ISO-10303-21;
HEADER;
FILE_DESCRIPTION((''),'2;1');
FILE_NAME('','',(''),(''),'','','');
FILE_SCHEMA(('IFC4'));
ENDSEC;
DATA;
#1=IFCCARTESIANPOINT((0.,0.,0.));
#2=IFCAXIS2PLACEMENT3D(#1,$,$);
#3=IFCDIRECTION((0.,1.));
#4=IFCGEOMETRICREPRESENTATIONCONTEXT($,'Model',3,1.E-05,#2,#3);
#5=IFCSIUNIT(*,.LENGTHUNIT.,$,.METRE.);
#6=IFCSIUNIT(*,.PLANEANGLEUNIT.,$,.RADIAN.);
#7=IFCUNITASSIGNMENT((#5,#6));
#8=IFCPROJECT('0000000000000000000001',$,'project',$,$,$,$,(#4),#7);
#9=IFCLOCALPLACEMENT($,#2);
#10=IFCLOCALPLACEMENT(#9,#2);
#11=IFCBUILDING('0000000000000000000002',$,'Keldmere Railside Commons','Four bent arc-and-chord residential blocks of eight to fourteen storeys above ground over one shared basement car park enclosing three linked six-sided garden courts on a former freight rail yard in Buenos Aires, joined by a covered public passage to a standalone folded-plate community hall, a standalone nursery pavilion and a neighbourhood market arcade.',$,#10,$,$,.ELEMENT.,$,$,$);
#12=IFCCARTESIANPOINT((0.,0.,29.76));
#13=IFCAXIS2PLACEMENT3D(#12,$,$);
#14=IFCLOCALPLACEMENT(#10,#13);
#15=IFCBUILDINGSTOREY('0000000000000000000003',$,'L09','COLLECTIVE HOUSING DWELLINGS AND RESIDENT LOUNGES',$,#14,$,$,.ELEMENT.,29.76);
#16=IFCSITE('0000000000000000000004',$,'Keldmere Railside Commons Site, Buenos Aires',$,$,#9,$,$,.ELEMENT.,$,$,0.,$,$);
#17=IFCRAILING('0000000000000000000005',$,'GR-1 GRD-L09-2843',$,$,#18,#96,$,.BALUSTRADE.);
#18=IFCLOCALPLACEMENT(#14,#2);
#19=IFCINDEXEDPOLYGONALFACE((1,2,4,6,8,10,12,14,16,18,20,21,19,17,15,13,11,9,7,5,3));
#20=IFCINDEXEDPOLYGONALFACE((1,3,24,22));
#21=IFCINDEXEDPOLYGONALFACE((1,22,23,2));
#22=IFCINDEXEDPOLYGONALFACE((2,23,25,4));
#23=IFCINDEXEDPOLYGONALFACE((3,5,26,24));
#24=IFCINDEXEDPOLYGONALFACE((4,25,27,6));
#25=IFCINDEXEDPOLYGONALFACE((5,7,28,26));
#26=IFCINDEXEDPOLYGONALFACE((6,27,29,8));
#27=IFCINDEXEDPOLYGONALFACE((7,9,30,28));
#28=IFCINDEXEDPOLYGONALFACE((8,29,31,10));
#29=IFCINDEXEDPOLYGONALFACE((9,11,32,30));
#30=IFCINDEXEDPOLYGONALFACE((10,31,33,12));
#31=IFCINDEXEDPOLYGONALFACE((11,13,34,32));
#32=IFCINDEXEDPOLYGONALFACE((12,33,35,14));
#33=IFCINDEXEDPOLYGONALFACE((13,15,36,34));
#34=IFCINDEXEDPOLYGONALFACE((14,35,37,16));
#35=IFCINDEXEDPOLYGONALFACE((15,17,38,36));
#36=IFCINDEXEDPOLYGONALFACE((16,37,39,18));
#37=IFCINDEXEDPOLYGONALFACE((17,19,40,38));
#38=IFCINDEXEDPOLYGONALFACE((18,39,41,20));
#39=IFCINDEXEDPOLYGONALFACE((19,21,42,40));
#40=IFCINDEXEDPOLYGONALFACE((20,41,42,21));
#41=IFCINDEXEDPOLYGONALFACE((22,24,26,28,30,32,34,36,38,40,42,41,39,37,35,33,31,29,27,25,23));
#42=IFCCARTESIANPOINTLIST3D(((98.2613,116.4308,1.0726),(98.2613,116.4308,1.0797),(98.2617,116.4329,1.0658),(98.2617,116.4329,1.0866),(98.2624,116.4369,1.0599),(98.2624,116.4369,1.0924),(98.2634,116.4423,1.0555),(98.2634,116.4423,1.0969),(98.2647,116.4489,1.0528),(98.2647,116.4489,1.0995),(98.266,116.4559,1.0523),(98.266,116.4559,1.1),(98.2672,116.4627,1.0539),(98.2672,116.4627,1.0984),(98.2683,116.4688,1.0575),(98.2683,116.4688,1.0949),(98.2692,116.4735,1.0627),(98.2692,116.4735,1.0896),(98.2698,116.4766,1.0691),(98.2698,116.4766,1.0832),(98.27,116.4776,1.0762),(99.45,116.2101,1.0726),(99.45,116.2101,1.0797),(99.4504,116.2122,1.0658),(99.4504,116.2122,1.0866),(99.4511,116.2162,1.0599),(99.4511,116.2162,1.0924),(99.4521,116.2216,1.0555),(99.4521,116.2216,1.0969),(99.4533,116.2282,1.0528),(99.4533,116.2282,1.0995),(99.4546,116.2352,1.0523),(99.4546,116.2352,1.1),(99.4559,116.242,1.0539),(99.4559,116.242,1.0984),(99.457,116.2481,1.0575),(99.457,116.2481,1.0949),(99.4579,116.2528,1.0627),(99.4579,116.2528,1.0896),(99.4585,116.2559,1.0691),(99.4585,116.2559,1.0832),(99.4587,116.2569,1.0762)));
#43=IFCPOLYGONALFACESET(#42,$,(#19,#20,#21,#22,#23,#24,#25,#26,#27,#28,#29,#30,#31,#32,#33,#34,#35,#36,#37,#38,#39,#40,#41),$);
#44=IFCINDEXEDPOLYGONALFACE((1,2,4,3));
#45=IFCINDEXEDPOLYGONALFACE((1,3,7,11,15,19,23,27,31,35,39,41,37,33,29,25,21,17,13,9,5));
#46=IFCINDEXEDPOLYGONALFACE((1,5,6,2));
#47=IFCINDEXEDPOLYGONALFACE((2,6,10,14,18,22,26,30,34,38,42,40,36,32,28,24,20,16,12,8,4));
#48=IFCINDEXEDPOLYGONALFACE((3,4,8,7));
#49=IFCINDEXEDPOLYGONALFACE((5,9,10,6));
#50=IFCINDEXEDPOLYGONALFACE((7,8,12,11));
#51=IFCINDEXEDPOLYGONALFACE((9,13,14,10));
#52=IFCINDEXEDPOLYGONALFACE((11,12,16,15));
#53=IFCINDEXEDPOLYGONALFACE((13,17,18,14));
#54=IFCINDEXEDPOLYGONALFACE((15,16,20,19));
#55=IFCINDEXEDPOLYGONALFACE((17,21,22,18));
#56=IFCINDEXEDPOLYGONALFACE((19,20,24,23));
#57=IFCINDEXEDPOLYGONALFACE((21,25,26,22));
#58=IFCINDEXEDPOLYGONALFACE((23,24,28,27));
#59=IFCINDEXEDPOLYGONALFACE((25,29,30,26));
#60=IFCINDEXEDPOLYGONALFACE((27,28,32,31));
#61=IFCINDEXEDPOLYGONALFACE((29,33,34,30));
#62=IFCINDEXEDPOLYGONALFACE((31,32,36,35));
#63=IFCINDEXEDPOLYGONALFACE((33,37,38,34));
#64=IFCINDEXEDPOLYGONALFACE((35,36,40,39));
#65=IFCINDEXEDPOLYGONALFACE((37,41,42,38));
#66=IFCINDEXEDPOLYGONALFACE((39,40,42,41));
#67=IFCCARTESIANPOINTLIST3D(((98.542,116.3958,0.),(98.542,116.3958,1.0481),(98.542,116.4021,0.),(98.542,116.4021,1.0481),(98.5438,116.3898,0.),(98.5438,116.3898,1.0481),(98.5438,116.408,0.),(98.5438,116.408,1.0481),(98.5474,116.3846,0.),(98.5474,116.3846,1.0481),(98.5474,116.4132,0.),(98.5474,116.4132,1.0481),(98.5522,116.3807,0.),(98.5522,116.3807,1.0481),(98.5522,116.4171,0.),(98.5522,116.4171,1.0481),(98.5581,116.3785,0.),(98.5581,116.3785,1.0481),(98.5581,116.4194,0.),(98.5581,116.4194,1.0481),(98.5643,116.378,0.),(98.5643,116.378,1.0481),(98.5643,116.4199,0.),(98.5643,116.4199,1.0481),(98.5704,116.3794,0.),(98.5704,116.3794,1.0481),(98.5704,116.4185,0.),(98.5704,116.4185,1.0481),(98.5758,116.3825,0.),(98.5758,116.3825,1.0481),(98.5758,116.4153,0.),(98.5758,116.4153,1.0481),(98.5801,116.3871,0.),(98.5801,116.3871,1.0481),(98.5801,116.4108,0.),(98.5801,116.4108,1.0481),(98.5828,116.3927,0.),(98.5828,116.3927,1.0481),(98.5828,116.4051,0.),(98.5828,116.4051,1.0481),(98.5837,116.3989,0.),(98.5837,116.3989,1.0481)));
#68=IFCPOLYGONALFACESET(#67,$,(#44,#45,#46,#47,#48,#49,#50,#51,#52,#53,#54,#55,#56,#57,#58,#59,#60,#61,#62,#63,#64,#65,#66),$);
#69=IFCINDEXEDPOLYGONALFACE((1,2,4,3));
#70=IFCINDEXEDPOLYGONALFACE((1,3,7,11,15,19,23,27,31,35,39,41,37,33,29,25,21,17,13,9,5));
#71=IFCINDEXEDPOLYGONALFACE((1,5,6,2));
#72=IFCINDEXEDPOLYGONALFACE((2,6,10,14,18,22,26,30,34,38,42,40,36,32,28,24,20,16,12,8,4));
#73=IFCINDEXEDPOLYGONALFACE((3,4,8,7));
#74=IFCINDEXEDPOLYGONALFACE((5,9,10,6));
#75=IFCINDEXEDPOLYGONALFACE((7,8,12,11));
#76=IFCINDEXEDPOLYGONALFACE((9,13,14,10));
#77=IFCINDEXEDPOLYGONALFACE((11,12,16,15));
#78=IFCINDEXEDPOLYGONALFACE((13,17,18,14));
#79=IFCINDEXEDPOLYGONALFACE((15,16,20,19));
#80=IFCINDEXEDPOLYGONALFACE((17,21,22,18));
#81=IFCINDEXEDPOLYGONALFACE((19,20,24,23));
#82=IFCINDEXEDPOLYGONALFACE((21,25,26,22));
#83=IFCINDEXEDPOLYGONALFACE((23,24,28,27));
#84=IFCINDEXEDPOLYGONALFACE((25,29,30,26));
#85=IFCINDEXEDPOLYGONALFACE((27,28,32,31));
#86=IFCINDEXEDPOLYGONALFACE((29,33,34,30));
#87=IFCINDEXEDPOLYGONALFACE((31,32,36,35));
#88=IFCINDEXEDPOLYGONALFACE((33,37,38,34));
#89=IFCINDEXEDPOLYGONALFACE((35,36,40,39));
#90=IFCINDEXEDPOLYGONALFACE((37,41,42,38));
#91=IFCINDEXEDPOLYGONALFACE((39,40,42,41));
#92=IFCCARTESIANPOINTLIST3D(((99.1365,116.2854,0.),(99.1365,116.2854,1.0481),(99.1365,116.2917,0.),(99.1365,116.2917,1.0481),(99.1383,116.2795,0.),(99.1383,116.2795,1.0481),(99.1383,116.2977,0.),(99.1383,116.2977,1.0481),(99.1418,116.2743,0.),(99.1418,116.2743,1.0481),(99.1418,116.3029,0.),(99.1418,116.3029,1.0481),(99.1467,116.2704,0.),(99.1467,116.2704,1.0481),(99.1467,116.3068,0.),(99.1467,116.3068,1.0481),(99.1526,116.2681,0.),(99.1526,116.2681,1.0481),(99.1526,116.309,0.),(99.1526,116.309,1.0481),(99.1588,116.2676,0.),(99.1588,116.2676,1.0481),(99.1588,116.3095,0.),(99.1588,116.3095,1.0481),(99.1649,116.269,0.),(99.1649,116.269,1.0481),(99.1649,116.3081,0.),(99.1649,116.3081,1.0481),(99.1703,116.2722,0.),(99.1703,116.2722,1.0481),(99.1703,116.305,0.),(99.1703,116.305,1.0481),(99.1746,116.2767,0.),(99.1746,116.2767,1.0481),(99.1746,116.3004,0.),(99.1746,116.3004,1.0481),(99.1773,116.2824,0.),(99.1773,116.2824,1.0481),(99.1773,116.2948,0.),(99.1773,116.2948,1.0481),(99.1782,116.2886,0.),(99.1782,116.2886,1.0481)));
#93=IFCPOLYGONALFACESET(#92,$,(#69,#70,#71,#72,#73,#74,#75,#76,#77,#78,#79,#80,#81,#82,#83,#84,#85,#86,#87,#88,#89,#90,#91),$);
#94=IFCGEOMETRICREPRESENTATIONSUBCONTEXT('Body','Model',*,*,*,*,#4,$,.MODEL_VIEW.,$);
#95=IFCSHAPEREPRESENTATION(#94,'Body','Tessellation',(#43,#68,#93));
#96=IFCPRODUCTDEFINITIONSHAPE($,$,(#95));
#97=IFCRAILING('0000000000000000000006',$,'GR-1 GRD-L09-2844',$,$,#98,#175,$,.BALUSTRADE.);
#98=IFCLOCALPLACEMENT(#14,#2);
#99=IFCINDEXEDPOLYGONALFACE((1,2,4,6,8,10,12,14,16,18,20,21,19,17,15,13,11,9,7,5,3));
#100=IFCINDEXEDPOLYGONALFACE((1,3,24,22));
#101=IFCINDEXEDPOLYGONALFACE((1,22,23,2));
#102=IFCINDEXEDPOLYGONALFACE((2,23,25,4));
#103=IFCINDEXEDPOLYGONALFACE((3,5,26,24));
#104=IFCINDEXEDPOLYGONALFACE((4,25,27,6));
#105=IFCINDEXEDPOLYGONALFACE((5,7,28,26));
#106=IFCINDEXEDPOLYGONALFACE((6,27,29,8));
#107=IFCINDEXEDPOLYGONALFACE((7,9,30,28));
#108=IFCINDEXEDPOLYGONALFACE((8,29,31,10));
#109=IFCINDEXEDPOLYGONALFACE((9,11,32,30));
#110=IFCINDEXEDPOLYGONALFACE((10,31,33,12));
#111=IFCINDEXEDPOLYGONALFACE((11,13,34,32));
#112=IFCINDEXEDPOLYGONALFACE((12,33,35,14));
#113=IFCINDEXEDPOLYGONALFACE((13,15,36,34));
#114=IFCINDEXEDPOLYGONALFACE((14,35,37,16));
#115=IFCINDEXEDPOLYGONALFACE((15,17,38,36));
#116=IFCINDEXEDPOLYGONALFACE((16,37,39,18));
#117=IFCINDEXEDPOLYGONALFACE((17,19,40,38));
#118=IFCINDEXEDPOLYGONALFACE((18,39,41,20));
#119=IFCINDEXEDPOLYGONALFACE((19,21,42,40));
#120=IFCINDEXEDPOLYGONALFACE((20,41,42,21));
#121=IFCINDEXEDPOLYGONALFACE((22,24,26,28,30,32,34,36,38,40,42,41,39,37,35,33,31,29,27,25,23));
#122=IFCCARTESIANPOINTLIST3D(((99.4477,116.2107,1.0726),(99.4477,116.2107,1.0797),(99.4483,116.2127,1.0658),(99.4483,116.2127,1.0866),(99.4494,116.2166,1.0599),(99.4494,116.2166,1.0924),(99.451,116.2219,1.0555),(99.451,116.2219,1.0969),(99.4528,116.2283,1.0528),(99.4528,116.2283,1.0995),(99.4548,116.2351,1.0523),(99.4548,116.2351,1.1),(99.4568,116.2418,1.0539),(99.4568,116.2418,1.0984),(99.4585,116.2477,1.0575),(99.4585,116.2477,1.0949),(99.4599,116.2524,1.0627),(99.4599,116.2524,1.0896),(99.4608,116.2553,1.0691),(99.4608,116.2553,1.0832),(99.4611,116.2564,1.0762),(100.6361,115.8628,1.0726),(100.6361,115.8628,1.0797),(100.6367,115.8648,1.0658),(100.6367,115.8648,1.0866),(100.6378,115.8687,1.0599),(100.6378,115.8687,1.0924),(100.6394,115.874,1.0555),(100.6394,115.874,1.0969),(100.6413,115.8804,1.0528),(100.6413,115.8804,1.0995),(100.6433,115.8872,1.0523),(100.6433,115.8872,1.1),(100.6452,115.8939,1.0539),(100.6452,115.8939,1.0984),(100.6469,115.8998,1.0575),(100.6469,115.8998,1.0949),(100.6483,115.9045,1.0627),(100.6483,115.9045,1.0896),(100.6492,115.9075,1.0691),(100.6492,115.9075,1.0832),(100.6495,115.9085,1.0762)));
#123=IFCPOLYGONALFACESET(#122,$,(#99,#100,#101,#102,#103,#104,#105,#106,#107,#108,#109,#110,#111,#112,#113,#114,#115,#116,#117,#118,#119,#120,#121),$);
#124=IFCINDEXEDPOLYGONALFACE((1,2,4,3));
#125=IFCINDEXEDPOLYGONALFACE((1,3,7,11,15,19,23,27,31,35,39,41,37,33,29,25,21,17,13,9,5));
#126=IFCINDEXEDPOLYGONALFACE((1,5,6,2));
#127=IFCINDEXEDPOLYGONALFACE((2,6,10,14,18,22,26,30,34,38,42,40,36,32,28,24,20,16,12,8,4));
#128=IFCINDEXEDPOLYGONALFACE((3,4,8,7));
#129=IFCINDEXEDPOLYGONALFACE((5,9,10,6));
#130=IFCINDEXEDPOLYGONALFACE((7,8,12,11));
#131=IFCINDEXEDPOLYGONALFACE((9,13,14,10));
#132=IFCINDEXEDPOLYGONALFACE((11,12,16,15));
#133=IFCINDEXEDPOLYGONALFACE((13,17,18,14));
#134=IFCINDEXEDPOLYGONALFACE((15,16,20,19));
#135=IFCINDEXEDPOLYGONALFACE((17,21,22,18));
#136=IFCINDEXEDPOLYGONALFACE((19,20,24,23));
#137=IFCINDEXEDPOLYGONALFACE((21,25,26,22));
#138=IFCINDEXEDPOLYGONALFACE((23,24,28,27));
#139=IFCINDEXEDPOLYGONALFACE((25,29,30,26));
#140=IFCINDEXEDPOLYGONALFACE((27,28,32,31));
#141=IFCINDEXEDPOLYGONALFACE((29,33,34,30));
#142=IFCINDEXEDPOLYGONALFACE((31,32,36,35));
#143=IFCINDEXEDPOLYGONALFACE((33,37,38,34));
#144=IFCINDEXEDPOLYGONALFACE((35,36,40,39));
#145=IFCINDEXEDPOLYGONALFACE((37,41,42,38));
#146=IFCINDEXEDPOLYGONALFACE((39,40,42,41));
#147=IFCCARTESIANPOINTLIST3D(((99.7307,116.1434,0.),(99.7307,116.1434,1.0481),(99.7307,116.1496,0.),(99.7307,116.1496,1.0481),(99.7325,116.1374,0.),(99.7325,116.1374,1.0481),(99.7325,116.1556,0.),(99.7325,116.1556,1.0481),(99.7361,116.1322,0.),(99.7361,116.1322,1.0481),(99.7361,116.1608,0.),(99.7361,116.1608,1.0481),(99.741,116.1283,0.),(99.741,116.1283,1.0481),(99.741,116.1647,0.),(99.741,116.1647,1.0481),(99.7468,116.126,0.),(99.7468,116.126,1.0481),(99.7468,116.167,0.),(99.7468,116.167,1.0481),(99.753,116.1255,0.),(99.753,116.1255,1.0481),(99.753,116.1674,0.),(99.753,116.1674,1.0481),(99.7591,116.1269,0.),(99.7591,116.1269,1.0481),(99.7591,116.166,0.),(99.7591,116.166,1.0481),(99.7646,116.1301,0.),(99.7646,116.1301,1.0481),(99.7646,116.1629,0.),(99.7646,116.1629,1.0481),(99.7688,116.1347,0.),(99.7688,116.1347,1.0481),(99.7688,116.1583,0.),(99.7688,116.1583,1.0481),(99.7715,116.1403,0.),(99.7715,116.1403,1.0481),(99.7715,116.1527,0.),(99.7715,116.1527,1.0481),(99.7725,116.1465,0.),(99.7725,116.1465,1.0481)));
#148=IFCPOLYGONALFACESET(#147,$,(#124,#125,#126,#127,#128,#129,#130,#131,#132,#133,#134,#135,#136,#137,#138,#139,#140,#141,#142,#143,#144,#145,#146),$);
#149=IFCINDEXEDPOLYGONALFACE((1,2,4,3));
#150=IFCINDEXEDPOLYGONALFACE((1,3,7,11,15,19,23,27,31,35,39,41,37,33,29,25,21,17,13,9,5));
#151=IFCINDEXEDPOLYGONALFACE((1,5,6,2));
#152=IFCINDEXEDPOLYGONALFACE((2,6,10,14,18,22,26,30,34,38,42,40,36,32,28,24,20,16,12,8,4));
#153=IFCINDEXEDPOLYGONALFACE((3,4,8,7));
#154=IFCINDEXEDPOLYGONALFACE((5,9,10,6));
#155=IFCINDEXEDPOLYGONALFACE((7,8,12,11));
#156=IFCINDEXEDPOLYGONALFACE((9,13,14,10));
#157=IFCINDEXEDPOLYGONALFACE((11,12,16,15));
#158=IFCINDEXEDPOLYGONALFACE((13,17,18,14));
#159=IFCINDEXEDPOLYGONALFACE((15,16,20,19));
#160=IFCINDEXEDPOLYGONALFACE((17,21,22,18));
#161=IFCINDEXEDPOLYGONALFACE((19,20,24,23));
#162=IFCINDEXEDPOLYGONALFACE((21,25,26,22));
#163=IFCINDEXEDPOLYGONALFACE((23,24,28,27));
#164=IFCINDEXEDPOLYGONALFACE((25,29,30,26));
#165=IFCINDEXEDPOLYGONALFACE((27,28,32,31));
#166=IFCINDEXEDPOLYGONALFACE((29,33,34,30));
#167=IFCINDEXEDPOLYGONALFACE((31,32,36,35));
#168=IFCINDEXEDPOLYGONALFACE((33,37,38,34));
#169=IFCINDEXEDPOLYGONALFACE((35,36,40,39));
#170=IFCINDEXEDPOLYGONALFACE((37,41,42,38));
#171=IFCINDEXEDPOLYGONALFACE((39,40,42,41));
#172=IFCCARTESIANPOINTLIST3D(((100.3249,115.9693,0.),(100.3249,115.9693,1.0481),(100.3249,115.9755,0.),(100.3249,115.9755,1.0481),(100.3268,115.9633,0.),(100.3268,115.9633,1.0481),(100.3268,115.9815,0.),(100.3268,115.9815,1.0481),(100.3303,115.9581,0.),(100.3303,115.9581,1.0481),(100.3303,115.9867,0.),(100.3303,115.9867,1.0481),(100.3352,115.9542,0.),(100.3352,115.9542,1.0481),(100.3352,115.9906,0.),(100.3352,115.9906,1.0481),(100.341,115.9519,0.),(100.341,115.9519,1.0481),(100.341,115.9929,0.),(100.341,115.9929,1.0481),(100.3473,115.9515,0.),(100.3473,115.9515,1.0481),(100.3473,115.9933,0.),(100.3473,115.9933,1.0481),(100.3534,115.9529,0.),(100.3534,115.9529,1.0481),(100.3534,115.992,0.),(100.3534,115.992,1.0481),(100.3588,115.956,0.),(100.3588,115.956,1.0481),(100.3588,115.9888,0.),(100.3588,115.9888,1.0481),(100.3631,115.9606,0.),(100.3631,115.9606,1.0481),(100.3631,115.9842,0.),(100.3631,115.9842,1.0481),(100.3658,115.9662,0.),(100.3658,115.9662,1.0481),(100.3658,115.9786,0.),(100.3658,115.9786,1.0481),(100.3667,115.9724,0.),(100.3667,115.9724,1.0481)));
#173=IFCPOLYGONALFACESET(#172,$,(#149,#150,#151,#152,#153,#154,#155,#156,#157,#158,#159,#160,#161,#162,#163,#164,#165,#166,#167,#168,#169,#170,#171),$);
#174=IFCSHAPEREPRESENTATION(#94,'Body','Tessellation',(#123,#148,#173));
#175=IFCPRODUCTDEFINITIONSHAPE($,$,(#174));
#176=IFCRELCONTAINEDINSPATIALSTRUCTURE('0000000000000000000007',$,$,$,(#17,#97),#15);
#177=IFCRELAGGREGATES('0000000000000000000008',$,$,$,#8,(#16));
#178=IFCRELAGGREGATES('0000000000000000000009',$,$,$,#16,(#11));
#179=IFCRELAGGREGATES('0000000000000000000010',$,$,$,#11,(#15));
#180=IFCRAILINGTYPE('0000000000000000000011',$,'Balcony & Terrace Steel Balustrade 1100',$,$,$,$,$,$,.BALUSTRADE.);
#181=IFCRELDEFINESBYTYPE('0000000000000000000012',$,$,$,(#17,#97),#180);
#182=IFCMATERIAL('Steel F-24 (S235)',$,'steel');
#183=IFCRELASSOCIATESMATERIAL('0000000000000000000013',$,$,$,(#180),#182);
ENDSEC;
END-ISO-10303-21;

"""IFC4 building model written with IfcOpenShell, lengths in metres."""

from ifc_helpers import new_model, si_unit, direction, frame, origin, origin_2d, place, context, subcontext, project, spatial, circle, extrude, material, type_object, element, save


model = new_model("IFC4")

# Units and contexts
model_context = context("Model", 3, precision=1e-05, world=origin(), true_north=direction((0.0, 1.0)))
body_context = subcontext(model_context, "Body", "Model", "MODEL_VIEW")
ifc_project = project(units=[si_unit("LENGTHUNIT", "METRE"), si_unit("PLANEANGLEUNIT", "RADIAN")], contexts=[model_context])

# Site, building, storey
site_placement = place(None, origin())
site = spatial("IfcSite", under=ifc_project, at=site_placement, Name="Keldmere Railside Commons Site, Buenos Aires", CompositionType="ELEMENT", RefElevation=0.0)
building_placement = place(site_placement, origin())
building = spatial("IfcBuilding", under=site, at=building_placement, Name="Keldmere Railside Commons", Description="Four bent arc-and-chord residential blocks of eight to fourteen storeys above ground over one shared basement car park enclosing three linked six-sided garden courts on a former freight rail yard in Buenos Aires, joined by a covered public passage to a standalone folded-plate community hall, a standalone nursery pavilion and a neighbourhood market arcade.", CompositionType="ELEMENT")
storey_placement = place(building_placement, frame((0.0, 0.0, 29.76)))
storey = spatial("IfcBuildingStorey", under=building, at=storey_placement, Name="L09", Description="COLLECTIVE HOUSING DWELLINGS AND RESIDENT LOUNGES", CompositionType="ELEMENT", Elevation=29.76)

# Railings
ifc_material_1 = material(Name="Steel F-24 (S235)", Category="steel")
railing_type = type_object("IfcRailingType", Name="Balcony & Terrace Steel Balustrade 1100", PredefinedType="BALUSTRADE", material=ifc_material_1)
railing_1_placement = place(storey_placement, frame((98.2656, 116.4541, 0.0)))
element("IfcRailing", 1, at=railing_1_placement, inside=storey, type_object=railing_type, Name="GR-1 GRD-L09-2843", PredefinedType="BALUSTRADE", context=body_context, shape_type="SweptSolid", body=[
    extrude(circle(Radius=0.0239, at=origin_2d()), frame((0.0, 0.0, 1.0762), z_axis=(0.983198, -0.182545, 0.0), x_axis=(0.182545, 0.983198, 0.0)), (0.0, 0.0, 1.0), 1.209),
    extrude(circle(Radius=0.021, at=origin_2d()), frame((0.2971, -0.0552, 0.0)), (0.0, 0.0, 1.0), 1.0481),
    extrude(circle(Radius=0.021, at=origin_2d()), frame((0.8916, -0.1655, 0.0)), (0.0, 0.0, 1.0), 1.0481),
])
railing_2_placement = place(storey_placement, frame((99.4543, 116.2334, 0.0)))
element("IfcRailing", 2, at=railing_2_placement, inside=storey, type_object=railing_type, Name="GR-1 GRD-L09-2844", PredefinedType="BALUSTRADE", context=body_context, shape_type="SweptSolid", body=[
    extrude(circle(Radius=0.0239, at=origin_2d()), frame((0.0, 0.0, 1.0762), z_axis=(0.959726, -0.280939, 0.0), x_axis=(0.280939, 0.959726, 0.0)), (0.0, 0.0, 1.0), 1.2383),
    extrude(circle(Radius=0.021, at=origin_2d()), frame((0.2971, -0.0869, 0.0)), (0.0, 0.0, 1.0), 1.0481),
    extrude(circle(Radius=0.021, at=origin_2d()), frame((0.8914, -0.261, 0.0)), (0.0, 0.0, 1.0), 1.0481),
])

save(model, "model.ifc")
